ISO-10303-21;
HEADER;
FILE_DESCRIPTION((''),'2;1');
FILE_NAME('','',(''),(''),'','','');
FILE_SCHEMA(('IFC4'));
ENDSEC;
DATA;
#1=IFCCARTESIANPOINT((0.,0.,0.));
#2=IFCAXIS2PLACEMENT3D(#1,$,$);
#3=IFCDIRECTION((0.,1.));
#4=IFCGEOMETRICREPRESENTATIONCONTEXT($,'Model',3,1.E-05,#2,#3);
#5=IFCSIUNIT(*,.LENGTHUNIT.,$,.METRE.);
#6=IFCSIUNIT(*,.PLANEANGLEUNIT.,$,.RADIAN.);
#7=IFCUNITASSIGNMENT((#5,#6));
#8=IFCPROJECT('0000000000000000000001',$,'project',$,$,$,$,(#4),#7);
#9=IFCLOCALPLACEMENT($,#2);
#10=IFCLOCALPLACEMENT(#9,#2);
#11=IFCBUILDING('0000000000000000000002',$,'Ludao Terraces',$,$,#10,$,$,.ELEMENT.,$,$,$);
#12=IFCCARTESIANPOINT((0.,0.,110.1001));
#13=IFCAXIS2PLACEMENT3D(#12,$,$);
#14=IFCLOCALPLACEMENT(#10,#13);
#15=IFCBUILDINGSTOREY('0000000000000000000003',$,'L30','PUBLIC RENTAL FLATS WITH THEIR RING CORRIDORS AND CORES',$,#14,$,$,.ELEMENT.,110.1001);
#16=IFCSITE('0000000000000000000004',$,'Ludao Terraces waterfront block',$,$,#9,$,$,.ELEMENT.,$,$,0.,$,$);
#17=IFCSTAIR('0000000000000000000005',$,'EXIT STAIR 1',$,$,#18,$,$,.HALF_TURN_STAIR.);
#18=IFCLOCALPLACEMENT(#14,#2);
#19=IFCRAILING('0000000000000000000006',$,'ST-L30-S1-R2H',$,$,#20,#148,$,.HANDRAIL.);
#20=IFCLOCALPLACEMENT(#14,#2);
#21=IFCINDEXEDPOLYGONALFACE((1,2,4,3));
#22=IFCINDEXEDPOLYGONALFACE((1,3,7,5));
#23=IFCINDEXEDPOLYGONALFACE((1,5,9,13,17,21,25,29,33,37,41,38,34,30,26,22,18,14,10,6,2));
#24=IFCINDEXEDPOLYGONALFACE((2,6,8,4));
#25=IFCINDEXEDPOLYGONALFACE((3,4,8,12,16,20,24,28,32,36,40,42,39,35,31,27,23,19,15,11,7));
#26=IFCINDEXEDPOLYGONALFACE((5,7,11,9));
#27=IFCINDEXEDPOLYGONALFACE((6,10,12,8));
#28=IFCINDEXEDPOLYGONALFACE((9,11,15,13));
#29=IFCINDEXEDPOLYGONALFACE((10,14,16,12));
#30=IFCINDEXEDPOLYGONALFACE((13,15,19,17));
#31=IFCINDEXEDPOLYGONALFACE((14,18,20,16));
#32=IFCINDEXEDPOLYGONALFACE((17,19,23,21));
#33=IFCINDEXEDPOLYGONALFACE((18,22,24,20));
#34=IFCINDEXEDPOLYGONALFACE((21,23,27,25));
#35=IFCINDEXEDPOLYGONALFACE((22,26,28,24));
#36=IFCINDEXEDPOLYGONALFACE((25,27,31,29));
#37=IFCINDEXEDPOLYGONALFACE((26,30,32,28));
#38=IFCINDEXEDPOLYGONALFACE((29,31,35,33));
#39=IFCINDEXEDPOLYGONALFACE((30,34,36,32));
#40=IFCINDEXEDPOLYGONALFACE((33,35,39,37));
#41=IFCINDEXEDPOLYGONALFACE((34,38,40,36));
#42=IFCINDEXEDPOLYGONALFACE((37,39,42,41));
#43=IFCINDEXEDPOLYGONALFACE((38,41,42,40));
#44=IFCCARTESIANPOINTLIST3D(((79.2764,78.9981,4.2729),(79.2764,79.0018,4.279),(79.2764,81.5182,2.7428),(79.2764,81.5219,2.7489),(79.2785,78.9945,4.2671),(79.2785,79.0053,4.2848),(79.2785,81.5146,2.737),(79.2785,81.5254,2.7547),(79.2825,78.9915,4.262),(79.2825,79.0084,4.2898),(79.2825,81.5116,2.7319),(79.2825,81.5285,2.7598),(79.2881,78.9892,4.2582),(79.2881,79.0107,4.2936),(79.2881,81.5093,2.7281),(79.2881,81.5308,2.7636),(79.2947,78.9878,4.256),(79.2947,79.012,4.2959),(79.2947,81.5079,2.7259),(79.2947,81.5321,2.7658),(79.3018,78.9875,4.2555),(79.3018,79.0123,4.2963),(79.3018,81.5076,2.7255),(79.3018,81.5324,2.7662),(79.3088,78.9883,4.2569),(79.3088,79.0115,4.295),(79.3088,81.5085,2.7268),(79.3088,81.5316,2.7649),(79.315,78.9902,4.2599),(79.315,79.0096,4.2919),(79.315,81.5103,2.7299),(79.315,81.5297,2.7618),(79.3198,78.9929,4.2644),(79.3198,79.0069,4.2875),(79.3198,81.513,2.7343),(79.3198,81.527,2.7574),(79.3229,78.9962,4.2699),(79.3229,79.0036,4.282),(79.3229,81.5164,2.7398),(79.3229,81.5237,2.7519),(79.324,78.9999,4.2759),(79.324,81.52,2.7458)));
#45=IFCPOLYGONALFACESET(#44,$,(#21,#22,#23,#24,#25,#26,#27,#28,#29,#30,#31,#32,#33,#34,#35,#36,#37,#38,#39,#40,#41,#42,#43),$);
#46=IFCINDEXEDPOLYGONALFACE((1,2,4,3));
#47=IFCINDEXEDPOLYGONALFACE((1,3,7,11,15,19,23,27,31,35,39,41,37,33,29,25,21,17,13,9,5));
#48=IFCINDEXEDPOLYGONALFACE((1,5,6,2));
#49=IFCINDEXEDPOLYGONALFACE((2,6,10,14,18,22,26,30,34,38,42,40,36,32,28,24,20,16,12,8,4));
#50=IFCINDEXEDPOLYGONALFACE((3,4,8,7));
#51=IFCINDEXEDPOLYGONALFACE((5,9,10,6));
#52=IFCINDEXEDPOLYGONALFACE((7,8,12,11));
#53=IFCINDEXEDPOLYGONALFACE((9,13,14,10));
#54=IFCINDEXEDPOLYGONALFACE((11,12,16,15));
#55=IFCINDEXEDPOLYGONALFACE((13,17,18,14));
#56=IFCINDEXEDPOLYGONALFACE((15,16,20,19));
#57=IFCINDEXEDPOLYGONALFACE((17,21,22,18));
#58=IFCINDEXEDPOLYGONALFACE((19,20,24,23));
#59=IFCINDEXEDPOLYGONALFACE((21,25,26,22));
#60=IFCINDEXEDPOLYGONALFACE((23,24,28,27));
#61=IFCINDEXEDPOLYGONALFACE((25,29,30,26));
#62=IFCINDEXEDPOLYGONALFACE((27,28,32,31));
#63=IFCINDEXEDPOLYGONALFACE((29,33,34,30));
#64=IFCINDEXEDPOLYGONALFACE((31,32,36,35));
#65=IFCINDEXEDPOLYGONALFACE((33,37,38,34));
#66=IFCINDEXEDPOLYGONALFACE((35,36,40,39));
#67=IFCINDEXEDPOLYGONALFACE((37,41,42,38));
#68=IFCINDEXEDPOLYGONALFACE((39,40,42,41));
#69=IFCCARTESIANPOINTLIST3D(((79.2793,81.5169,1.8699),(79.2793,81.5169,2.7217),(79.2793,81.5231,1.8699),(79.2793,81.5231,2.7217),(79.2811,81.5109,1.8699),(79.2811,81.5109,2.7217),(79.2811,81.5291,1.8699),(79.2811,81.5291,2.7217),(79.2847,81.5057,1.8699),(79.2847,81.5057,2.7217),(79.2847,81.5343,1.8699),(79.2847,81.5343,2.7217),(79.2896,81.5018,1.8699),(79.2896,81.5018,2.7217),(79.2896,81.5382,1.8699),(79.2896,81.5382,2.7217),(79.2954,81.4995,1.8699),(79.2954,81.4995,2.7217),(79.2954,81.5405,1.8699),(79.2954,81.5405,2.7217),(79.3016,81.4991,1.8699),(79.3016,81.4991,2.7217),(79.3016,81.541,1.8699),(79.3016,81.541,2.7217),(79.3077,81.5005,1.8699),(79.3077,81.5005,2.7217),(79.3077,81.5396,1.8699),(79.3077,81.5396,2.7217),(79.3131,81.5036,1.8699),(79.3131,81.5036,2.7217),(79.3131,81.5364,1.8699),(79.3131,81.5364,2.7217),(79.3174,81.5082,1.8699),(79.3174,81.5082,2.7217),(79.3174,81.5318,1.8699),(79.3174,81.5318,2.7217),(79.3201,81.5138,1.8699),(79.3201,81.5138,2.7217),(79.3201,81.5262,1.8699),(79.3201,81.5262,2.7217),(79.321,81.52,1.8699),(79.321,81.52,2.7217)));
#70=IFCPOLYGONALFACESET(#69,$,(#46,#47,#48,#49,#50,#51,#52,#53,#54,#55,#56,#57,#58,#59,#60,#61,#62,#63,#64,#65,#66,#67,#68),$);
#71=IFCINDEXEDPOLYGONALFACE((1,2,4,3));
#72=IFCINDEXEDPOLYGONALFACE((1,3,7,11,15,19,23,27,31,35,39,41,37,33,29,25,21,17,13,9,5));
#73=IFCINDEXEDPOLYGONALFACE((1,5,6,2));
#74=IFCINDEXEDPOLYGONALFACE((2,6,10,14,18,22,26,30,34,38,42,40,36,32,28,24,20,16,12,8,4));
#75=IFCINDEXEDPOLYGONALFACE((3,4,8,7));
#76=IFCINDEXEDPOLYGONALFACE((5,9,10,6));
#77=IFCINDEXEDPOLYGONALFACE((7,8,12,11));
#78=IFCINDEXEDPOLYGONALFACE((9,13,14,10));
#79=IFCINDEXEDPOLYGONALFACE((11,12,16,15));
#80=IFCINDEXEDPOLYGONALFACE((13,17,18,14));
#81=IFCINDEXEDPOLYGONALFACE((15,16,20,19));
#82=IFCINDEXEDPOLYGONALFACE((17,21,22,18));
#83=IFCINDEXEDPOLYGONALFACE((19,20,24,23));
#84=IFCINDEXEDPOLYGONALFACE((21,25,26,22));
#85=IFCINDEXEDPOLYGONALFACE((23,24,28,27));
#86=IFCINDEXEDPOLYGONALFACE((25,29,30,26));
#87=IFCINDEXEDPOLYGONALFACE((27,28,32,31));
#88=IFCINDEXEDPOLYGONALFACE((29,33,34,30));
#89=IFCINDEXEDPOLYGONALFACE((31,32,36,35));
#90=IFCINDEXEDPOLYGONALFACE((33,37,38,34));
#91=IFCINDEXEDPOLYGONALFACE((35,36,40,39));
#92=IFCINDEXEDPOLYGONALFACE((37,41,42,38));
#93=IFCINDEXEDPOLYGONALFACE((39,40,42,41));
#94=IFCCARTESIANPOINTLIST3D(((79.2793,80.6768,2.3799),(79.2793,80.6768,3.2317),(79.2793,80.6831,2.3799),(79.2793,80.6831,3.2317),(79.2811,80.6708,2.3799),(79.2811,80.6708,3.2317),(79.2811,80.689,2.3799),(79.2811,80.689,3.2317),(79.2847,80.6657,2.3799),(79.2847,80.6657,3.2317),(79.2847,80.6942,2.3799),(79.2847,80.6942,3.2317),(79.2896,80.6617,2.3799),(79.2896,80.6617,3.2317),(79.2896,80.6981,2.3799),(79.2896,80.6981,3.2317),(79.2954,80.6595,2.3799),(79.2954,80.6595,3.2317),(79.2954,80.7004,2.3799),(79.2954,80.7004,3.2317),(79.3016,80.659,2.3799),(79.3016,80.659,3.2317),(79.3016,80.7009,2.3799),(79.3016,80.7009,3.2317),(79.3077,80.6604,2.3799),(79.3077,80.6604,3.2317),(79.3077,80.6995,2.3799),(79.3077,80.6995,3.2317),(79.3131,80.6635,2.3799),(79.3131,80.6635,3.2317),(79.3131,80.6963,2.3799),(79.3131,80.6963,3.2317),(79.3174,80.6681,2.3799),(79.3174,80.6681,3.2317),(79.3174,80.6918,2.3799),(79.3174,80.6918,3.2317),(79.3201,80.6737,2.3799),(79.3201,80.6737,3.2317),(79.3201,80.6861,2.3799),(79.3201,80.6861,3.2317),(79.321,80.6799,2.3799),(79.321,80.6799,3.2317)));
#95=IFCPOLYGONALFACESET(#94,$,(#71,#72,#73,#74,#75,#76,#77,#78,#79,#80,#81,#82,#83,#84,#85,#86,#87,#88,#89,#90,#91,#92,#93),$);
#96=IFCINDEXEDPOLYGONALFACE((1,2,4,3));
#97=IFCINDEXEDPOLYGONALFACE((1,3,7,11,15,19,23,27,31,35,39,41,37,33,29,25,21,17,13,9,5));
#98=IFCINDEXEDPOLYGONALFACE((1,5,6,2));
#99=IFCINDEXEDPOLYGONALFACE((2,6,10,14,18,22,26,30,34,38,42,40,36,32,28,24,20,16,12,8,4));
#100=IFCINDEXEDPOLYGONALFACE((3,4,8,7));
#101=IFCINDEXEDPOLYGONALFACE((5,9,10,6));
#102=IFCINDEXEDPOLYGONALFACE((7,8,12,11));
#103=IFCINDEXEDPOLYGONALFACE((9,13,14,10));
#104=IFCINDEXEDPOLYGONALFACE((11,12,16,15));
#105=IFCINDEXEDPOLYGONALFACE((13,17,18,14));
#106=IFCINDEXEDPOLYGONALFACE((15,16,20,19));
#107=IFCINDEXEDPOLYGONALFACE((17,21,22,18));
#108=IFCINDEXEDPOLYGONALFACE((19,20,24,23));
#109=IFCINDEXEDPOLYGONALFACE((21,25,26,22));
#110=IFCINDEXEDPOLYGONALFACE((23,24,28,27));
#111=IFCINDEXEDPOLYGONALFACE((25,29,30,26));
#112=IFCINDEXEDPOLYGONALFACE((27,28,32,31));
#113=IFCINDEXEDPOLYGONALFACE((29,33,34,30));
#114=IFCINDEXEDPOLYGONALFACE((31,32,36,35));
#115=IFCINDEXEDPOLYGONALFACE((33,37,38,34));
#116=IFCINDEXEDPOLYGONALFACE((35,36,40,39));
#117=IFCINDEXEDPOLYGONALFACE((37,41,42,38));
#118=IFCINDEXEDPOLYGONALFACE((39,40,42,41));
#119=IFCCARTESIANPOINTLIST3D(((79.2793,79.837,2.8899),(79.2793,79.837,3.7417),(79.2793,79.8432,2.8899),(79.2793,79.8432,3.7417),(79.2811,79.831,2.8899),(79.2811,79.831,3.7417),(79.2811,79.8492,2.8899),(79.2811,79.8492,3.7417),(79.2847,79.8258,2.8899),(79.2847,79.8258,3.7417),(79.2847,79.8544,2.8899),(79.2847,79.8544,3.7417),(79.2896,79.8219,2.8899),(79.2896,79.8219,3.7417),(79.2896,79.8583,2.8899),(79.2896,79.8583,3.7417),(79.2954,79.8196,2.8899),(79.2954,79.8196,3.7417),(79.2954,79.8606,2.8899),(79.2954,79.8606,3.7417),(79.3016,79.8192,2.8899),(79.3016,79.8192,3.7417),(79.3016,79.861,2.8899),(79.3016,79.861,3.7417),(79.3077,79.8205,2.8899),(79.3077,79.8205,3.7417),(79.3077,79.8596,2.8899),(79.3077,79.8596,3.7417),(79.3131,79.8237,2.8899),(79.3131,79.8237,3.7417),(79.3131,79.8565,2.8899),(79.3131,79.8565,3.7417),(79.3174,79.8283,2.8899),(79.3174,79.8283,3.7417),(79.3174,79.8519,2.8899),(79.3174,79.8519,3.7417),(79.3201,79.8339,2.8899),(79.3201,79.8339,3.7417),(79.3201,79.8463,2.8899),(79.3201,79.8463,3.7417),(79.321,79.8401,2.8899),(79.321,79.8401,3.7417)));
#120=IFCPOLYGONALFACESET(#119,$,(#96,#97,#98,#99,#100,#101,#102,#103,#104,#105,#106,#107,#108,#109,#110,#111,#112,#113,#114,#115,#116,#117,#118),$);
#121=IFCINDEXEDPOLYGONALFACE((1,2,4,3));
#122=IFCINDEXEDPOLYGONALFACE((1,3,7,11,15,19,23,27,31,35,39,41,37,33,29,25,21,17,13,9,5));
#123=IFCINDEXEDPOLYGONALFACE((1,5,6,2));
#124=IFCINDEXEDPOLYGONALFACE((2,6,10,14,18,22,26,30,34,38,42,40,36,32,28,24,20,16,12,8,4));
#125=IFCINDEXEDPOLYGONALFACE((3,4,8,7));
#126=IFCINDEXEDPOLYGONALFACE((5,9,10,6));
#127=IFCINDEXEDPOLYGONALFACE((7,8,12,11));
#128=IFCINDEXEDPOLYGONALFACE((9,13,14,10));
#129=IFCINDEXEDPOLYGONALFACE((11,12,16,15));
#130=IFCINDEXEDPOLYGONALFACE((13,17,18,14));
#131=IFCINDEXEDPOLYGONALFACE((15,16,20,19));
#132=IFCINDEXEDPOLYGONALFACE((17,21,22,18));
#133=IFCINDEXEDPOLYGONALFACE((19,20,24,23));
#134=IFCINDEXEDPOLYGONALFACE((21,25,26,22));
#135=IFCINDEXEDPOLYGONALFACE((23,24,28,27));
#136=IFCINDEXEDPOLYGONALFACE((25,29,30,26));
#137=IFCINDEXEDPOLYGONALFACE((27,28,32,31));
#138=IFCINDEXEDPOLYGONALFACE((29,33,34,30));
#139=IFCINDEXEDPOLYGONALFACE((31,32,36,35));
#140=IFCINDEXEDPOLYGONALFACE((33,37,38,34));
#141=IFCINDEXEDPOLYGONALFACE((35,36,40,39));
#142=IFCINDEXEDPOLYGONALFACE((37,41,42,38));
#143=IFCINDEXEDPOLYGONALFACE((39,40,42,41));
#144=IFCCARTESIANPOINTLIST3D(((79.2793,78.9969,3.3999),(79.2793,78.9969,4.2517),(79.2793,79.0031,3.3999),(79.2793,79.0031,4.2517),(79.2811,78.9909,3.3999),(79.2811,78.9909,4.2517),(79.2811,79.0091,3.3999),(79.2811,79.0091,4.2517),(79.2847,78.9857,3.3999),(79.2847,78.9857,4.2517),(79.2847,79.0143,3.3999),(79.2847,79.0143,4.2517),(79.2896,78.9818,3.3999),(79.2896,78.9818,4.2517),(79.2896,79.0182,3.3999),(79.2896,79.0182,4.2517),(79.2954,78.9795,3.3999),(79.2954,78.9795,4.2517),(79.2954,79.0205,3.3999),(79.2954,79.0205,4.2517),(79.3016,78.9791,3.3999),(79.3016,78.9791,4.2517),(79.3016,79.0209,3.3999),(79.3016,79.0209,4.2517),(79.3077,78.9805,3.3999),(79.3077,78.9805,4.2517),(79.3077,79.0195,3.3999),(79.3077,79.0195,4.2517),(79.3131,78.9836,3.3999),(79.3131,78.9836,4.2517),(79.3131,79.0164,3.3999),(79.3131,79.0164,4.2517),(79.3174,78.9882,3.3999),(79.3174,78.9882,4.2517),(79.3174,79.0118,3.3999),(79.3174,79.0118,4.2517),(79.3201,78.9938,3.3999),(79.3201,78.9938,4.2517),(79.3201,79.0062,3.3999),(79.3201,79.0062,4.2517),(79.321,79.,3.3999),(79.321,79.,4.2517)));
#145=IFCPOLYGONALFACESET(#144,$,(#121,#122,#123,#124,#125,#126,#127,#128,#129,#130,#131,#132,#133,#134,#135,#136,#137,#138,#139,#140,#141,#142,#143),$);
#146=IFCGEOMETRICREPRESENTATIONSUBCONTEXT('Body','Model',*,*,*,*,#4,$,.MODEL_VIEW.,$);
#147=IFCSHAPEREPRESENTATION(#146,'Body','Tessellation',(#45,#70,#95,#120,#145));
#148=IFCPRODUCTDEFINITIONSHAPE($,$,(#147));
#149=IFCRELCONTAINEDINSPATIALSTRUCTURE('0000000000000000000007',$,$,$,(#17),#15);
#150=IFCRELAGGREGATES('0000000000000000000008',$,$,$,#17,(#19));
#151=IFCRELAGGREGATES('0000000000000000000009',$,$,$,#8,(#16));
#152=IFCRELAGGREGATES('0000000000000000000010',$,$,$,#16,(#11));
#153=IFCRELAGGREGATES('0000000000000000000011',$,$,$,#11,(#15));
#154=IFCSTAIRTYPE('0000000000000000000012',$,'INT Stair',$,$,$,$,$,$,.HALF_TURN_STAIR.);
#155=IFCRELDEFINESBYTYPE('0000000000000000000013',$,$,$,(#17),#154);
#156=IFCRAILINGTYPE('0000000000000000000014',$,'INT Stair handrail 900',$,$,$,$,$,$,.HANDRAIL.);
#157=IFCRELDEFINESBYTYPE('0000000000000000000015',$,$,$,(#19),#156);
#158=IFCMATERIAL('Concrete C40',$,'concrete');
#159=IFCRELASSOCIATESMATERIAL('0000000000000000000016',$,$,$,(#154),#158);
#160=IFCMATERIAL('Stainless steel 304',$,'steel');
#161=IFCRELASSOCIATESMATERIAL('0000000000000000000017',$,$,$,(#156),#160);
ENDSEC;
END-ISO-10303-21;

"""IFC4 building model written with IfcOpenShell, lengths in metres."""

from ifc_helpers import new_model, si_unit, direction, frame, origin, origin_2d, place, context, subcontext, project, spatial, circle, extrude, material, type_object, element, aggregate, save


model = new_model("IFC4")

# Units and contexts
model_context = context("Model", 3, precision=1e-05, world=origin(), true_north=direction((0.0, 1.0)))
body_context = subcontext(model_context, "Body", "Model", "MODEL_VIEW")
ifc_project = project(units=[si_unit("LENGTHUNIT", "METRE"), si_unit("PLANEANGLEUNIT", "RADIAN")], contexts=[model_context])

# Site, building, storey
site_placement = place(None, origin())
site = spatial("IfcSite", under=ifc_project, at=site_placement, Name="Ludao Terraces waterfront block", CompositionType="ELEMENT", RefElevation=0.0)
building_placement = place(site_placement, origin())
building = spatial("IfcBuilding", under=site, at=building_placement, Name="Ludao Terraces", CompositionType="ELEMENT")
storey_placement = place(building_placement, frame((0.0, 0.0, 110.1001)))
storey = spatial("IfcBuildingStorey", under=building, at=storey_placement, Name="L30", Description="PUBLIC RENTAL FLATS WITH THEIR RING CORRIDORS AND CORES", CompositionType="ELEMENT", Elevation=110.1001)

# Shared definitions
ifc_material_1 = material(Name="Stainless steel 304", Category="steel")

# Stair, railing
ifc_material_2 = material(Name="Concrete C40", Category="concrete")
stair_type = type_object("IfcStairType", Name="INT Stair", PredefinedType="HALF_TURN_STAIR", material=ifc_material_2)
stair_placement = place(storey_placement, origin())
stair = element("IfcStair", 1, at=stair_placement, inside=storey, type_object=stair_type, Name="EXIT STAIR 1", PredefinedType="HALF_TURN_STAIR")
railing_type_1 = type_object("IfcRailingType", Name="INT Stair handrail 900", PredefinedType="HANDRAIL", material=ifc_material_1)
railing_1_placement = place(storey_placement, frame((79.3, 81.52, 1.8699)))
railing_1 = element("IfcRailing", 2, at=railing_1_placement, type_object=railing_type_1, Name="ST-L30-S1-R2H", PredefinedType="HANDRAIL", context=body_context, shape_type="SweptSolid", body=[
    extrude(circle(Radius=0.0239, at=origin_2d()), frame((0.0, 0.0, 0.876), z_axis=(0.0, -0.854785, 0.518982), x_axis=(1.0, 0.0, 0.0)), (0.0, 0.0, 1.0), 2.9482),
    extrude(circle(Radius=0.021, at=origin_2d()), origin(), (0.0, 0.0, 1.0), 0.8518),
    extrude(circle(Radius=0.021, at=origin_2d()), frame((0.0, -0.8401, 0.51)), (0.0, 0.0, 1.0), 0.8518),
    extrude(circle(Radius=0.021, at=origin_2d()), frame((0.0, -1.6799, 1.02)), (0.0, 0.0, 1.0), 0.8518),
    extrude(circle(Radius=0.021, at=origin_2d()), frame((0.0, -2.52, 1.53)), (0.0, 0.0, 1.0), 0.8518),
])
aggregate(stair, [railing_1])

save(model, "model.ifc")
